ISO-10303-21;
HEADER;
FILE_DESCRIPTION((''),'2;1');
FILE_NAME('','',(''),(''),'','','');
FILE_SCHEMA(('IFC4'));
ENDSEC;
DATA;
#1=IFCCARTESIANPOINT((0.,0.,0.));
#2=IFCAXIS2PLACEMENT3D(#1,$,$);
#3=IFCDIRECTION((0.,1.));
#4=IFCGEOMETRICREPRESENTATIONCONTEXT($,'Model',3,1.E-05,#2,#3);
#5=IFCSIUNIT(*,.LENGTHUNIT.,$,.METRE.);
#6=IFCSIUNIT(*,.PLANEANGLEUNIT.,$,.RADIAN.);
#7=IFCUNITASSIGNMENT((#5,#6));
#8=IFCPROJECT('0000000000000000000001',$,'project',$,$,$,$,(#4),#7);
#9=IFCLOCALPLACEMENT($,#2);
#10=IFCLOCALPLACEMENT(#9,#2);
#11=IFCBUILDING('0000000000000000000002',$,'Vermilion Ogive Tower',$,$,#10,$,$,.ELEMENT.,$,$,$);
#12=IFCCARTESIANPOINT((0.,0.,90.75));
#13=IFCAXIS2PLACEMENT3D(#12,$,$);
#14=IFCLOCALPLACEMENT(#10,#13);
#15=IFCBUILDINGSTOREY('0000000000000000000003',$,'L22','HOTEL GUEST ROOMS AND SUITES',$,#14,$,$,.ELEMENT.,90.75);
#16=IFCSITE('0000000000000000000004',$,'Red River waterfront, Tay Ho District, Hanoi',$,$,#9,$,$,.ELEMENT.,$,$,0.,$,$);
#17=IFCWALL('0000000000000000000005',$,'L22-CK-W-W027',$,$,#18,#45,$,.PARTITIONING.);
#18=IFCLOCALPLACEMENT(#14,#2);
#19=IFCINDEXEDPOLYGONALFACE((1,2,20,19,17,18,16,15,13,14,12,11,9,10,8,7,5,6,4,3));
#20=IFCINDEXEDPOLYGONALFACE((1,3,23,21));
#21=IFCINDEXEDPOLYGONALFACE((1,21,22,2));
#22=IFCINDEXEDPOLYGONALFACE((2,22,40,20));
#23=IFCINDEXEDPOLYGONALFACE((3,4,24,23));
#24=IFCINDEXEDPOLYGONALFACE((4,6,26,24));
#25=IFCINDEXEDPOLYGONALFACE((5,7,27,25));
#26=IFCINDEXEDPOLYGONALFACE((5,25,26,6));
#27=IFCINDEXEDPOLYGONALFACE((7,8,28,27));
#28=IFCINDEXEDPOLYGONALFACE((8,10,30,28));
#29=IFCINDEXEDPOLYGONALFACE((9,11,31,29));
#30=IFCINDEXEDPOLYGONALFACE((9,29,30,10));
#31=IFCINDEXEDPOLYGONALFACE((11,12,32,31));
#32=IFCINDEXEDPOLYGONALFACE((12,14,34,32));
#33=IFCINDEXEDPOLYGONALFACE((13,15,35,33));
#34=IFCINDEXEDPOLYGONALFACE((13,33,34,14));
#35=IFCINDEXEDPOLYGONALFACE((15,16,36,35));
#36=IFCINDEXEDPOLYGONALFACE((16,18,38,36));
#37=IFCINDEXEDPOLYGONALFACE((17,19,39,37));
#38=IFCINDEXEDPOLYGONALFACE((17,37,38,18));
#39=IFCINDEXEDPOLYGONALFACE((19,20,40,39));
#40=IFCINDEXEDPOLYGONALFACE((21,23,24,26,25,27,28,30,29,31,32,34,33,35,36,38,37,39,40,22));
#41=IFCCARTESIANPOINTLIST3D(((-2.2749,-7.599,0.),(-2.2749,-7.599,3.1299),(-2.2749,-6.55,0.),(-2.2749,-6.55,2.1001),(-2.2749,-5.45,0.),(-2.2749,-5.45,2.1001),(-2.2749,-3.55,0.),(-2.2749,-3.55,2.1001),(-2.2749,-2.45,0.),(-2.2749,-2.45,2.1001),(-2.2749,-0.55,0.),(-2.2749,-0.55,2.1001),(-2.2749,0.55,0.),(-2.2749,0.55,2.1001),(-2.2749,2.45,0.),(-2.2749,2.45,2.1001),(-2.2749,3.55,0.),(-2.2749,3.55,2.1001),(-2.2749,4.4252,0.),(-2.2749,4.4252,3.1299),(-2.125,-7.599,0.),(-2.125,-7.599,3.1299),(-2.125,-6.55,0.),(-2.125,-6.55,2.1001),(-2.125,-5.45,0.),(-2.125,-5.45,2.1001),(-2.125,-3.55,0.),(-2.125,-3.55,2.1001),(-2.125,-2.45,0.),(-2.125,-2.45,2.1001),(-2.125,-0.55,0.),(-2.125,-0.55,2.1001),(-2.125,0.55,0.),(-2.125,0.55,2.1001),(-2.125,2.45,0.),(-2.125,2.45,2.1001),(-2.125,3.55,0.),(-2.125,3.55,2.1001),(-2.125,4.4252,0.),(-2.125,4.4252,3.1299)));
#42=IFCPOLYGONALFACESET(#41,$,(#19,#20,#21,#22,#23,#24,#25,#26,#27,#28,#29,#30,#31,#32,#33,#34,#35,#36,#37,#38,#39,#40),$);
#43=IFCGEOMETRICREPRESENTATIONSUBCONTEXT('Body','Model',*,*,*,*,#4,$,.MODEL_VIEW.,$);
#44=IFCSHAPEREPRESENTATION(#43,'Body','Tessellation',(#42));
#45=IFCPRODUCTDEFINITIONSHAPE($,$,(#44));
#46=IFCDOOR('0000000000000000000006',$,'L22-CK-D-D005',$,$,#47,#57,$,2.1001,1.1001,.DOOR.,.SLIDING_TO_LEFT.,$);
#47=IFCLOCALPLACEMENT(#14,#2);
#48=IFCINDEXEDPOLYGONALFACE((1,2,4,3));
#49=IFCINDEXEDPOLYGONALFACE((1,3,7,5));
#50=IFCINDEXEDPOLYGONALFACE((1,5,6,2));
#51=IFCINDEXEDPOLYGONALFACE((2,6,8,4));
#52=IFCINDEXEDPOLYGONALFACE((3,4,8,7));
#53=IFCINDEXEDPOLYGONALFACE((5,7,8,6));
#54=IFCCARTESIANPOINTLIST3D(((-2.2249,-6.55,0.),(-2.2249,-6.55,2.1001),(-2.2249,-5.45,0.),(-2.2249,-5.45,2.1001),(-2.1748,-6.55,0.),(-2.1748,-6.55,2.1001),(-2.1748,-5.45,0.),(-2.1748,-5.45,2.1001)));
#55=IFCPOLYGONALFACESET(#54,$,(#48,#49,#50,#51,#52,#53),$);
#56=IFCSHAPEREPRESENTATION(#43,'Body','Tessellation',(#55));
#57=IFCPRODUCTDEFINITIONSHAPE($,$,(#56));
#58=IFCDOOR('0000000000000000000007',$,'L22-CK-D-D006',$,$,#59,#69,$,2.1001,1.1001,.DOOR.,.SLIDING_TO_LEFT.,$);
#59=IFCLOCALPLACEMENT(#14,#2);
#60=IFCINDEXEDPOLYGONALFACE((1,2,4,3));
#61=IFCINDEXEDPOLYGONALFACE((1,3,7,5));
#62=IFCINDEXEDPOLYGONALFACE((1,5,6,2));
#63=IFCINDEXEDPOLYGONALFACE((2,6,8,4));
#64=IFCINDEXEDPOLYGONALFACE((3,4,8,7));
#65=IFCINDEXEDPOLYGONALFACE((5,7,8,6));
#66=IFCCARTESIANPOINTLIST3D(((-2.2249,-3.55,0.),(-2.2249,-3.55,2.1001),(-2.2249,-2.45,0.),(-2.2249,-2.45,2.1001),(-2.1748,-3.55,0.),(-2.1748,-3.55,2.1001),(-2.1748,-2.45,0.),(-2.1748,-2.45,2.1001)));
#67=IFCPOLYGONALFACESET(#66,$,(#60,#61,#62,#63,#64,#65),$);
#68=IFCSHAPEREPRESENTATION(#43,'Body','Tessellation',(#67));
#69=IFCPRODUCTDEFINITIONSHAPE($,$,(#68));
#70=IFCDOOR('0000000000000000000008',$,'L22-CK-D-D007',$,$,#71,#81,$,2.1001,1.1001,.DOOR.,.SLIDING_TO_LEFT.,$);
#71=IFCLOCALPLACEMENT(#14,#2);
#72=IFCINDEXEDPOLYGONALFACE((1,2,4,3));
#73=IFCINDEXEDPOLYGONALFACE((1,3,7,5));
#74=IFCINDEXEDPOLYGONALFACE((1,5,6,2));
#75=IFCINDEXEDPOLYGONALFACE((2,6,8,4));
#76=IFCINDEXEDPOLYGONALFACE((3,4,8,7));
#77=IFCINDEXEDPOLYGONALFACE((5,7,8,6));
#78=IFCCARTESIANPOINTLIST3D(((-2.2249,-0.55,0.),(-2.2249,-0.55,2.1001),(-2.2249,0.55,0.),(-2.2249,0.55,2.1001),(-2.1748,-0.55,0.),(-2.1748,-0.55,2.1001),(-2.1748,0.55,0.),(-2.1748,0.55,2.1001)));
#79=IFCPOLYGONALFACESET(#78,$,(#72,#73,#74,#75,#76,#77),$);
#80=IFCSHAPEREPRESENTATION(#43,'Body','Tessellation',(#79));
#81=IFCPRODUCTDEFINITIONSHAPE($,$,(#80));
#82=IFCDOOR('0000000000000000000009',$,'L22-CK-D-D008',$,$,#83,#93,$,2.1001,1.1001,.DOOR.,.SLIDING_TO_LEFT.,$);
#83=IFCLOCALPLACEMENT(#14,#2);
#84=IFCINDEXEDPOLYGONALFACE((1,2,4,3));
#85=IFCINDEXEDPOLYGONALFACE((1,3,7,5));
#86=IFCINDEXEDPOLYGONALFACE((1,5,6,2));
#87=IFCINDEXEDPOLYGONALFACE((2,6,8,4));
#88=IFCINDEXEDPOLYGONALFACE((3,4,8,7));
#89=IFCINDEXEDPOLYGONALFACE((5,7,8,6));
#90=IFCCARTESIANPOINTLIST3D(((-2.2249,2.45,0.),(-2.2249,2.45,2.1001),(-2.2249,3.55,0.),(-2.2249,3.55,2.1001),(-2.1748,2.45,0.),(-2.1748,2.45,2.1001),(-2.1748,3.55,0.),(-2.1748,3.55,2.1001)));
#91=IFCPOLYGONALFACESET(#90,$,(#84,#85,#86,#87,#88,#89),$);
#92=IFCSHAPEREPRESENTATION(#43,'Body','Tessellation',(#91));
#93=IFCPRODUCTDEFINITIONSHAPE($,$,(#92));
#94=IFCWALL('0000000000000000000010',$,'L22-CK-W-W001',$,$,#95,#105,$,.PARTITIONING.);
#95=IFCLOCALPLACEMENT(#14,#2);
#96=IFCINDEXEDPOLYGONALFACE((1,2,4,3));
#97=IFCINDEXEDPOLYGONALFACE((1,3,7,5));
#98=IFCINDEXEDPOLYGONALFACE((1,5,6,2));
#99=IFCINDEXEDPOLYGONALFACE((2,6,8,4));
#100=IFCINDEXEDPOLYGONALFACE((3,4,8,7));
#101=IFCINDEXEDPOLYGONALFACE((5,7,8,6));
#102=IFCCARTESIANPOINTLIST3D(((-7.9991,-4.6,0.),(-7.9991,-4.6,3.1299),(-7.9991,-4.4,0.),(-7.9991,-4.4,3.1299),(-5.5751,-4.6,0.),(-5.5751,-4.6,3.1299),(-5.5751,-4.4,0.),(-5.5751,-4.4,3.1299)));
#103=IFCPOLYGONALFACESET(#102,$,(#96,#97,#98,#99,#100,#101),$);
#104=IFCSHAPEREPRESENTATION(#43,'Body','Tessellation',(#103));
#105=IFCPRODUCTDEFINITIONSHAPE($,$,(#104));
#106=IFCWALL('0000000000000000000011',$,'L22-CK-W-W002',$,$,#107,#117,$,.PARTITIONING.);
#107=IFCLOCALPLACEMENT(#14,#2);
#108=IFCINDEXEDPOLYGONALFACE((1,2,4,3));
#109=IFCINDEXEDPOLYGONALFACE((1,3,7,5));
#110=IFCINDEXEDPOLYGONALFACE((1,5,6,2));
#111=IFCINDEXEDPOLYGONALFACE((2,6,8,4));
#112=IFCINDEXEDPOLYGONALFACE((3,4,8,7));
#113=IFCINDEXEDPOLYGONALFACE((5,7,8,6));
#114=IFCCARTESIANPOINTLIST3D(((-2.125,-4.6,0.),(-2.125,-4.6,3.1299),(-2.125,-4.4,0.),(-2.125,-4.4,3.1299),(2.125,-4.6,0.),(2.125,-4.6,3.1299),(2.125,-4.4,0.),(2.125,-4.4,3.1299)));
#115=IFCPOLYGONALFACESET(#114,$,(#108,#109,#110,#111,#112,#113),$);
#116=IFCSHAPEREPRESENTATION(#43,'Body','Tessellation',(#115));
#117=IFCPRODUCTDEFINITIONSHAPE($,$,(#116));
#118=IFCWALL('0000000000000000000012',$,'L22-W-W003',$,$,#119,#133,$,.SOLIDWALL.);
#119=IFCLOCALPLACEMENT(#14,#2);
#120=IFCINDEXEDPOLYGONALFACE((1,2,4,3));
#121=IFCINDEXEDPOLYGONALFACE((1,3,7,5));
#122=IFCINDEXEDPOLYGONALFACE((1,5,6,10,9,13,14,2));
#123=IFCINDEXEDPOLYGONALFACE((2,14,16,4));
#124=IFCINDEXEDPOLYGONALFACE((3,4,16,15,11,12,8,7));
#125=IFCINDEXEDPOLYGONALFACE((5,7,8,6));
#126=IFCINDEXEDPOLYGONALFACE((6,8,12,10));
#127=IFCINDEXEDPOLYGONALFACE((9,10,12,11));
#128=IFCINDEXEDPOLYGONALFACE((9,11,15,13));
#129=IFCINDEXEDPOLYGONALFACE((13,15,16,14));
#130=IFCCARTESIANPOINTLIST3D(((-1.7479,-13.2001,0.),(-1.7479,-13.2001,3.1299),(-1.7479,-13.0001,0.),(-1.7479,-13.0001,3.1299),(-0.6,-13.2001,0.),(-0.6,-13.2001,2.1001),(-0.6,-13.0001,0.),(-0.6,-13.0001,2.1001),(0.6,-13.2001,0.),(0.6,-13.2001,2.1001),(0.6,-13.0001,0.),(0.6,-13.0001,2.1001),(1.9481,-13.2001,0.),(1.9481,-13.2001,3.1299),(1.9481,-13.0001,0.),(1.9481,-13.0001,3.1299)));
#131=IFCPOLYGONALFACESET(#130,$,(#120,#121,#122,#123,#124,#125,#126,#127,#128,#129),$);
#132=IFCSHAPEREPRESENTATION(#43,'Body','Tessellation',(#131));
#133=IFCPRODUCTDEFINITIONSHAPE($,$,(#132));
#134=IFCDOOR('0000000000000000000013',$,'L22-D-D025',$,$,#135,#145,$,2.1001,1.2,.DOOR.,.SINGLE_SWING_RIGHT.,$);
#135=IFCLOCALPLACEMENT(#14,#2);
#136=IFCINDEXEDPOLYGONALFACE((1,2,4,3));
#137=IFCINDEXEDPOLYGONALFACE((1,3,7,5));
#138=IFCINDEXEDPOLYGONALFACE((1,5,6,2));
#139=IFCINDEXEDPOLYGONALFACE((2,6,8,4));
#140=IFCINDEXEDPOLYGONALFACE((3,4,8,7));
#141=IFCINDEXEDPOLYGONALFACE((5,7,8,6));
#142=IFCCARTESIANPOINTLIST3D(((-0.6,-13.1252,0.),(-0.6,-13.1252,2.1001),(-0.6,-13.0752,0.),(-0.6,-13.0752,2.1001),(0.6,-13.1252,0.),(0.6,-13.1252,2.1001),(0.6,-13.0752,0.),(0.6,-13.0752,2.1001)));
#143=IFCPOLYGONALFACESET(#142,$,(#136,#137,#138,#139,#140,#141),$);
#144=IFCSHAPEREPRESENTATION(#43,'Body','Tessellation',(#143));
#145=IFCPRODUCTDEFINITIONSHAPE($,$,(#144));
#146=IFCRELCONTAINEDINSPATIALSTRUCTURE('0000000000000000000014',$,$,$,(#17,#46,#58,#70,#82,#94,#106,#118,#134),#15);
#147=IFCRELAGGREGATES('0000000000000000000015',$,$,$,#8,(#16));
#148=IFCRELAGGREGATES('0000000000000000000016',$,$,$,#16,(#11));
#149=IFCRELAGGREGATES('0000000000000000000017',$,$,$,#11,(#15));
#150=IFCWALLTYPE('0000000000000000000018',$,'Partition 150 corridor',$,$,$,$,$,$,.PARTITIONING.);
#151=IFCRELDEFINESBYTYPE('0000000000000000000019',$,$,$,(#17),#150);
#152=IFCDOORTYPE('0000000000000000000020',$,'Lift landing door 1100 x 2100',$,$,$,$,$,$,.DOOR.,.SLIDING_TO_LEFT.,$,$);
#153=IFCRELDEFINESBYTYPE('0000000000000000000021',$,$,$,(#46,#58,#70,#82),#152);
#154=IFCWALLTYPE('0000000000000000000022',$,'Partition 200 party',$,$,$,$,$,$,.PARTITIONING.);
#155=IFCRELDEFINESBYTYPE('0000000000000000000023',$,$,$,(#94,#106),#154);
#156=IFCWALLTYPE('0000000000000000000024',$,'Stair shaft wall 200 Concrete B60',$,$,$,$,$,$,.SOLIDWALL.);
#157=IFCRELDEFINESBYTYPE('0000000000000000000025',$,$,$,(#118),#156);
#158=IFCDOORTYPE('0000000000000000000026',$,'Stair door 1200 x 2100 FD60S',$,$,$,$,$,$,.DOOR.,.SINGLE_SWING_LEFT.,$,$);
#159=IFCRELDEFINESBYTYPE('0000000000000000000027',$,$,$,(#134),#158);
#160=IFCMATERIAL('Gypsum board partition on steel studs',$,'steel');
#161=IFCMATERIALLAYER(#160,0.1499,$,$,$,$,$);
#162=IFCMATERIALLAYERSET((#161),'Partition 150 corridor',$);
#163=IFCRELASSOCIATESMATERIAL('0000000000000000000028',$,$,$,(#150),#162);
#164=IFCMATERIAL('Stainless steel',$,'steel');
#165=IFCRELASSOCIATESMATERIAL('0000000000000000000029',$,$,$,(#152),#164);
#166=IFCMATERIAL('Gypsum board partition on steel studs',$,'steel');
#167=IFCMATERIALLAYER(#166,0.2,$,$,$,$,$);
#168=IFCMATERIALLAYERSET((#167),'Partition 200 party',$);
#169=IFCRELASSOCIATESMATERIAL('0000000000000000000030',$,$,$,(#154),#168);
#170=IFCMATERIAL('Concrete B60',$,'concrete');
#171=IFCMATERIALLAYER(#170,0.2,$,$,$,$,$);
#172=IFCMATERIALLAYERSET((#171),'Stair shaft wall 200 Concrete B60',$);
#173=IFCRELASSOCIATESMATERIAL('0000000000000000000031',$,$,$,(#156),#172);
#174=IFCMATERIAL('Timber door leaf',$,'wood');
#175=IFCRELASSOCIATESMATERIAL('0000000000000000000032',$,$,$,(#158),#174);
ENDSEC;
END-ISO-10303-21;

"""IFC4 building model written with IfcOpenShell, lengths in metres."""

from ifc_helpers import new_model, si_unit, direction, frame, frame_2d, origin, place, context, subcontext, project, spatial, rectangle, extrude, material, layer, layer_set, type_object, element, fill, save


model = new_model("IFC4")

# Units and contexts
model_context = context("Model", 3, precision=1e-05, world=origin(), true_north=direction((0.0, 1.0)))
body_context = subcontext(model_context, "Body", "Model", "MODEL_VIEW")
ifc_project = project(units=[si_unit("LENGTHUNIT", "METRE"), si_unit("PLANEANGLEUNIT", "RADIAN")], contexts=[model_context])

# Site, building, storey
site_placement = place(None, origin())
site = spatial("IfcSite", under=ifc_project, at=site_placement, Name="Red River waterfront, Tay Ho District, Hanoi", CompositionType="ELEMENT", RefElevation=0.0)
building_placement = place(site_placement, origin())
building = spatial("IfcBuilding", under=site, at=building_placement, Name="Vermilion Ogive Tower", CompositionType="ELEMENT")
storey_placement = place(building_placement, frame((0.0, 0.0, 90.75)))
storey = spatial("IfcBuildingStorey", under=building, at=storey_placement, Name="L22", Description="HOTEL GUEST ROOMS AND SUITES", CompositionType="ELEMENT", Elevation=90.75)

# Wall, openings, doors
ifc_material_1 = material(Name="Gypsum board partition on steel studs", Category="steel")
ifc_layer_1 = layer(ifc_material_1, 0.1499)
ifc_layer_set_1 = layer_set([ifc_layer_1], Name="Partition 150 corridor")
wall_type_1 = type_object("IfcWallType", Name="Partition 150 corridor", PredefinedType="PARTITIONING", material=ifc_layer_set_1)
ifc_material_2 = material(Name="Stainless steel", Category="steel")
door_type_1 = type_object("IfcDoorType", Name="Lift landing door 1100 x 2100", OperationType="SLIDING_TO_LEFT", PredefinedType="DOOR", material=ifc_material_2)
wall_1_placement = place(storey_placement, frame((-2.2, -7.5991, 0.0), z_axis=(0.0, 0.0, 1.0), x_axis=(0.0, 1.0, 0.0)))
wall_1 = element("IfcWall", 1, at=wall_1_placement, inside=storey, type_object=wall_type_1, Name="L22-CK-W-W027", PredefinedType="PARTITIONING", context=body_context, shape_type="SweptSolid", body=[
    extrude(rectangle(XDim=12.0242, YDim=0.1499, at=frame_2d((6.0122, 0.0))), origin(), (0.0, 0.0, 1.0), 3.1299),
])
opening_1_placement = place(wall_1_placement, frame((1.0491, 0.0, 0.0)))
opening_1 = element("IfcOpeningElement", 2, at=opening_1_placement, cuts=wall_1, PredefinedType="OPENING", context=body_context, shape_type="SweptSolid", body=[
    extrude(rectangle(XDim=1.1001, YDim=2.1001, at=frame_2d((0.55, 1.05))), frame((0.0, 0.085, 0.0), z_axis=(0.0, -1.0, 0.0), x_axis=(1.0, 0.0, 0.0)), (0.0, 0.0, 1.0), 0.1699),
])
opening_2_placement = place(wall_1_placement, frame((4.0491, 0.0, 0.0)))
opening_2 = element("IfcOpeningElement", 3, at=opening_2_placement, cuts=wall_1, PredefinedType="OPENING", context=body_context, shape_type="SweptSolid", body=[
    extrude(rectangle(XDim=1.1001, YDim=2.1001, at=frame_2d((0.55, 1.05))), frame((0.0, 0.085, 0.0), z_axis=(0.0, -1.0, 0.0), x_axis=(1.0, 0.0, 0.0)), (0.0, 0.0, 1.0), 0.1699),
])
opening_3_placement = place(wall_1_placement, frame((7.0491, 0.0, 0.0)))
opening_3 = element("IfcOpeningElement", 4, at=opening_3_placement, cuts=wall_1, PredefinedType="OPENING", context=body_context, shape_type="SweptSolid", body=[
    extrude(rectangle(XDim=1.1001, YDim=2.1001, at=frame_2d((0.55, 1.05))), frame((0.0, 0.085, 0.0), z_axis=(0.0, -1.0, 0.0), x_axis=(1.0, 0.0, 0.0)), (0.0, 0.0, 1.0), 0.1699),
])
opening_4_placement = place(wall_1_placement, frame((10.0491, 0.0, 0.0)))
opening_4 = element("IfcOpeningElement", 5, at=opening_4_placement, cuts=wall_1, PredefinedType="OPENING", context=body_context, shape_type="SweptSolid", body=[
    extrude(rectangle(XDim=1.1001, YDim=2.1001, at=frame_2d((0.55, 1.05))), frame((0.0, 0.085, 0.0), z_axis=(0.0, -1.0, 0.0), x_axis=(1.0, 0.0, 0.0)), (0.0, 0.0, 1.0), 0.1699),
])
door_1_placement = place(opening_1_placement, origin())
door_1 = element("IfcDoor", 6, at=door_1_placement, inside=storey, type_object=door_type_1, Name="L22-CK-D-D005", OperationType="SLIDING_TO_LEFT", OverallHeight=2.1001, OverallWidth=1.1001, PredefinedType="DOOR", context=body_context, shape_type="SweptSolid", body=[
    extrude(rectangle(XDim=1.1001, YDim=2.1001, at=frame_2d((0.55, 1.05))), frame((0.0, 0.0249, 0.0), z_axis=(0.0, -1.0, 0.0), x_axis=(1.0, 0.0, 0.0)), (0.0, 0.0, 1.0), 0.05),
])
fill(opening_1, door_1)
door_2_placement = place(opening_2_placement, origin())
door_2 = element("IfcDoor", 7, at=door_2_placement, inside=storey, type_object=door_type_1, Name="L22-CK-D-D006", OperationType="SLIDING_TO_LEFT", OverallHeight=2.1001, OverallWidth=1.1001, PredefinedType="DOOR", context=body_context, shape_type="SweptSolid", body=[
    extrude(rectangle(XDim=1.1001, YDim=2.1001, at=frame_2d((0.55, 1.05))), frame((0.0, 0.0249, 0.0), z_axis=(0.0, -1.0, 0.0), x_axis=(1.0, 0.0, 0.0)), (0.0, 0.0, 1.0), 0.05),
])
fill(opening_2, door_2)
door_3_placement = place(opening_3_placement, origin())
door_3 = element("IfcDoor", 8, at=door_3_placement, inside=storey, type_object=door_type_1, Name="L22-CK-D-D007", OperationType="SLIDING_TO_LEFT", OverallHeight=2.1001, OverallWidth=1.1001, PredefinedType="DOOR", context=body_context, shape_type="SweptSolid", body=[
    extrude(rectangle(XDim=1.1001, YDim=2.1001, at=frame_2d((0.55, 1.05))), frame((0.0, 0.0249, 0.0), z_axis=(0.0, -1.0, 0.0), x_axis=(1.0, 0.0, 0.0)), (0.0, 0.0, 1.0), 0.05),
])
fill(opening_3, door_3)
door_4_placement = place(opening_4_placement, origin())
door_4 = element("IfcDoor", 9, at=door_4_placement, inside=storey, type_object=door_type_1, Name="L22-CK-D-D008", OperationType="SLIDING_TO_LEFT", OverallHeight=2.1001, OverallWidth=1.1001, PredefinedType="DOOR", context=body_context, shape_type="SweptSolid", body=[
    extrude(rectangle(XDim=1.1001, YDim=2.1001, at=frame_2d((0.55, 1.05))), frame((0.0, 0.0249, 0.0), z_axis=(0.0, -1.0, 0.0), x_axis=(1.0, 0.0, 0.0)), (0.0, 0.0, 1.0), 0.05),
])
fill(opening_4, door_4)

# Walls
ifc_material_3 = material(Name="Gypsum board partition on steel studs", Category="steel")
ifc_layer_2 = layer(ifc_material_3, 0.2)
ifc_layer_set_2 = layer_set([ifc_layer_2], Name="Partition 200 party")
wall_type_2 = type_object("IfcWallType", Name="Partition 200 party", PredefinedType="PARTITIONING", material=ifc_layer_set_2)
wall_2_placement = place(storey_placement, frame((-7.999, -4.5, 0.0), z_axis=(0.0, 0.0, 1.0), x_axis=(1.0, 0.0, 0.0)))
element("IfcWall", 10, at=wall_2_placement, inside=storey, type_object=wall_type_2, Name="L22-CK-W-W001", PredefinedType="PARTITIONING", context=body_context, shape_type="SweptSolid", body=[
    extrude(rectangle(XDim=2.4241, YDim=0.2, at=frame_2d((1.2119, 0.0))), origin(), (0.0, 0.0, 1.0), 3.1299),
])
wall_3_placement = place(storey_placement, frame((-2.125, -4.5, 0.0), z_axis=(0.0, 0.0, 1.0), x_axis=(1.0, 0.0, 0.0)))
element("IfcWall", 11, at=wall_3_placement, inside=storey, type_object=wall_type_2, Name="L22-CK-W-W002", PredefinedType="PARTITIONING", context=body_context, shape_type="SweptSolid", body=[
    extrude(rectangle(XDim=4.25, YDim=0.2, at=frame_2d((2.125, 0.0))), origin(), (0.0, 0.0, 1.0), 3.1299),
])

# Wall, opening, door
ifc_material_4 = material(Name="Concrete B60", Category="concrete")
ifc_layer_3 = layer(ifc_material_4, 0.2)
ifc_layer_set_3 = layer_set([ifc_layer_3], Name="Stair shaft wall 200 Concrete B60")
wall_type_3 = type_object("IfcWallType", Name="Stair shaft wall 200 Concrete B60", PredefinedType="SOLIDWALL", material=ifc_layer_set_3)
wall_4_placement = place(storey_placement, frame((-1.748, -13.1001, 0.0), z_axis=(0.0, 0.0, 1.0), x_axis=(1.0, 0.0, 0.0)))
wall_4 = element("IfcWall", 12, at=wall_4_placement, inside=storey, type_object=wall_type_3, Name="L22-W-W003", PredefinedType="SOLIDWALL", context=body_context, shape_type="SweptSolid", body=[
    extrude(rectangle(XDim=3.696, YDim=0.2, at=frame_2d((1.8481, 0.0))), origin(), (0.0, 0.0, 1.0), 3.1299),
])
opening_5_placement = place(wall_4_placement, frame((1.1479, 0.0, 0.0)))
opening_5 = element("IfcOpeningElement", 13, at=opening_5_placement, cuts=wall_4, PredefinedType="OPENING", context=body_context, shape_type="SweptSolid", body=[
    extrude(rectangle(XDim=1.2, YDim=2.1001, at=frame_2d((0.6001, 1.05))), frame((0.0, 0.1099, 0.0), z_axis=(0.0, -1.0, 0.0), x_axis=(1.0, 0.0, 0.0)), (0.0, 0.0, 1.0), 0.22),
])
ifc_material_5 = material(Name="Timber door leaf", Category="wood")
door_type_2 = type_object("IfcDoorType", Name="Stair door 1200 x 2100 FD60S", OperationType="SINGLE_SWING_LEFT", PredefinedType="DOOR", material=ifc_material_5)
door_5_placement = place(opening_5_placement, origin())
door_5 = element("IfcDoor", 14, at=door_5_placement, inside=storey, type_object=door_type_2, Name="L22-D-D025", OperationType="SINGLE_SWING_RIGHT", OverallHeight=2.1001, OverallWidth=1.2, PredefinedType="DOOR", context=body_context, shape_type="SweptSolid", body=[
    extrude(rectangle(XDim=1.2, YDim=2.1001, at=frame_2d((0.6001, 1.05))), frame((0.0, 0.0249, 0.0), z_axis=(0.0, -1.0, 0.0), x_axis=(1.0, 0.0, 0.0)), (0.0, 0.0, 1.0), 0.05),
])
fill(opening_5, door_5)

save(model, "model.ifc")
